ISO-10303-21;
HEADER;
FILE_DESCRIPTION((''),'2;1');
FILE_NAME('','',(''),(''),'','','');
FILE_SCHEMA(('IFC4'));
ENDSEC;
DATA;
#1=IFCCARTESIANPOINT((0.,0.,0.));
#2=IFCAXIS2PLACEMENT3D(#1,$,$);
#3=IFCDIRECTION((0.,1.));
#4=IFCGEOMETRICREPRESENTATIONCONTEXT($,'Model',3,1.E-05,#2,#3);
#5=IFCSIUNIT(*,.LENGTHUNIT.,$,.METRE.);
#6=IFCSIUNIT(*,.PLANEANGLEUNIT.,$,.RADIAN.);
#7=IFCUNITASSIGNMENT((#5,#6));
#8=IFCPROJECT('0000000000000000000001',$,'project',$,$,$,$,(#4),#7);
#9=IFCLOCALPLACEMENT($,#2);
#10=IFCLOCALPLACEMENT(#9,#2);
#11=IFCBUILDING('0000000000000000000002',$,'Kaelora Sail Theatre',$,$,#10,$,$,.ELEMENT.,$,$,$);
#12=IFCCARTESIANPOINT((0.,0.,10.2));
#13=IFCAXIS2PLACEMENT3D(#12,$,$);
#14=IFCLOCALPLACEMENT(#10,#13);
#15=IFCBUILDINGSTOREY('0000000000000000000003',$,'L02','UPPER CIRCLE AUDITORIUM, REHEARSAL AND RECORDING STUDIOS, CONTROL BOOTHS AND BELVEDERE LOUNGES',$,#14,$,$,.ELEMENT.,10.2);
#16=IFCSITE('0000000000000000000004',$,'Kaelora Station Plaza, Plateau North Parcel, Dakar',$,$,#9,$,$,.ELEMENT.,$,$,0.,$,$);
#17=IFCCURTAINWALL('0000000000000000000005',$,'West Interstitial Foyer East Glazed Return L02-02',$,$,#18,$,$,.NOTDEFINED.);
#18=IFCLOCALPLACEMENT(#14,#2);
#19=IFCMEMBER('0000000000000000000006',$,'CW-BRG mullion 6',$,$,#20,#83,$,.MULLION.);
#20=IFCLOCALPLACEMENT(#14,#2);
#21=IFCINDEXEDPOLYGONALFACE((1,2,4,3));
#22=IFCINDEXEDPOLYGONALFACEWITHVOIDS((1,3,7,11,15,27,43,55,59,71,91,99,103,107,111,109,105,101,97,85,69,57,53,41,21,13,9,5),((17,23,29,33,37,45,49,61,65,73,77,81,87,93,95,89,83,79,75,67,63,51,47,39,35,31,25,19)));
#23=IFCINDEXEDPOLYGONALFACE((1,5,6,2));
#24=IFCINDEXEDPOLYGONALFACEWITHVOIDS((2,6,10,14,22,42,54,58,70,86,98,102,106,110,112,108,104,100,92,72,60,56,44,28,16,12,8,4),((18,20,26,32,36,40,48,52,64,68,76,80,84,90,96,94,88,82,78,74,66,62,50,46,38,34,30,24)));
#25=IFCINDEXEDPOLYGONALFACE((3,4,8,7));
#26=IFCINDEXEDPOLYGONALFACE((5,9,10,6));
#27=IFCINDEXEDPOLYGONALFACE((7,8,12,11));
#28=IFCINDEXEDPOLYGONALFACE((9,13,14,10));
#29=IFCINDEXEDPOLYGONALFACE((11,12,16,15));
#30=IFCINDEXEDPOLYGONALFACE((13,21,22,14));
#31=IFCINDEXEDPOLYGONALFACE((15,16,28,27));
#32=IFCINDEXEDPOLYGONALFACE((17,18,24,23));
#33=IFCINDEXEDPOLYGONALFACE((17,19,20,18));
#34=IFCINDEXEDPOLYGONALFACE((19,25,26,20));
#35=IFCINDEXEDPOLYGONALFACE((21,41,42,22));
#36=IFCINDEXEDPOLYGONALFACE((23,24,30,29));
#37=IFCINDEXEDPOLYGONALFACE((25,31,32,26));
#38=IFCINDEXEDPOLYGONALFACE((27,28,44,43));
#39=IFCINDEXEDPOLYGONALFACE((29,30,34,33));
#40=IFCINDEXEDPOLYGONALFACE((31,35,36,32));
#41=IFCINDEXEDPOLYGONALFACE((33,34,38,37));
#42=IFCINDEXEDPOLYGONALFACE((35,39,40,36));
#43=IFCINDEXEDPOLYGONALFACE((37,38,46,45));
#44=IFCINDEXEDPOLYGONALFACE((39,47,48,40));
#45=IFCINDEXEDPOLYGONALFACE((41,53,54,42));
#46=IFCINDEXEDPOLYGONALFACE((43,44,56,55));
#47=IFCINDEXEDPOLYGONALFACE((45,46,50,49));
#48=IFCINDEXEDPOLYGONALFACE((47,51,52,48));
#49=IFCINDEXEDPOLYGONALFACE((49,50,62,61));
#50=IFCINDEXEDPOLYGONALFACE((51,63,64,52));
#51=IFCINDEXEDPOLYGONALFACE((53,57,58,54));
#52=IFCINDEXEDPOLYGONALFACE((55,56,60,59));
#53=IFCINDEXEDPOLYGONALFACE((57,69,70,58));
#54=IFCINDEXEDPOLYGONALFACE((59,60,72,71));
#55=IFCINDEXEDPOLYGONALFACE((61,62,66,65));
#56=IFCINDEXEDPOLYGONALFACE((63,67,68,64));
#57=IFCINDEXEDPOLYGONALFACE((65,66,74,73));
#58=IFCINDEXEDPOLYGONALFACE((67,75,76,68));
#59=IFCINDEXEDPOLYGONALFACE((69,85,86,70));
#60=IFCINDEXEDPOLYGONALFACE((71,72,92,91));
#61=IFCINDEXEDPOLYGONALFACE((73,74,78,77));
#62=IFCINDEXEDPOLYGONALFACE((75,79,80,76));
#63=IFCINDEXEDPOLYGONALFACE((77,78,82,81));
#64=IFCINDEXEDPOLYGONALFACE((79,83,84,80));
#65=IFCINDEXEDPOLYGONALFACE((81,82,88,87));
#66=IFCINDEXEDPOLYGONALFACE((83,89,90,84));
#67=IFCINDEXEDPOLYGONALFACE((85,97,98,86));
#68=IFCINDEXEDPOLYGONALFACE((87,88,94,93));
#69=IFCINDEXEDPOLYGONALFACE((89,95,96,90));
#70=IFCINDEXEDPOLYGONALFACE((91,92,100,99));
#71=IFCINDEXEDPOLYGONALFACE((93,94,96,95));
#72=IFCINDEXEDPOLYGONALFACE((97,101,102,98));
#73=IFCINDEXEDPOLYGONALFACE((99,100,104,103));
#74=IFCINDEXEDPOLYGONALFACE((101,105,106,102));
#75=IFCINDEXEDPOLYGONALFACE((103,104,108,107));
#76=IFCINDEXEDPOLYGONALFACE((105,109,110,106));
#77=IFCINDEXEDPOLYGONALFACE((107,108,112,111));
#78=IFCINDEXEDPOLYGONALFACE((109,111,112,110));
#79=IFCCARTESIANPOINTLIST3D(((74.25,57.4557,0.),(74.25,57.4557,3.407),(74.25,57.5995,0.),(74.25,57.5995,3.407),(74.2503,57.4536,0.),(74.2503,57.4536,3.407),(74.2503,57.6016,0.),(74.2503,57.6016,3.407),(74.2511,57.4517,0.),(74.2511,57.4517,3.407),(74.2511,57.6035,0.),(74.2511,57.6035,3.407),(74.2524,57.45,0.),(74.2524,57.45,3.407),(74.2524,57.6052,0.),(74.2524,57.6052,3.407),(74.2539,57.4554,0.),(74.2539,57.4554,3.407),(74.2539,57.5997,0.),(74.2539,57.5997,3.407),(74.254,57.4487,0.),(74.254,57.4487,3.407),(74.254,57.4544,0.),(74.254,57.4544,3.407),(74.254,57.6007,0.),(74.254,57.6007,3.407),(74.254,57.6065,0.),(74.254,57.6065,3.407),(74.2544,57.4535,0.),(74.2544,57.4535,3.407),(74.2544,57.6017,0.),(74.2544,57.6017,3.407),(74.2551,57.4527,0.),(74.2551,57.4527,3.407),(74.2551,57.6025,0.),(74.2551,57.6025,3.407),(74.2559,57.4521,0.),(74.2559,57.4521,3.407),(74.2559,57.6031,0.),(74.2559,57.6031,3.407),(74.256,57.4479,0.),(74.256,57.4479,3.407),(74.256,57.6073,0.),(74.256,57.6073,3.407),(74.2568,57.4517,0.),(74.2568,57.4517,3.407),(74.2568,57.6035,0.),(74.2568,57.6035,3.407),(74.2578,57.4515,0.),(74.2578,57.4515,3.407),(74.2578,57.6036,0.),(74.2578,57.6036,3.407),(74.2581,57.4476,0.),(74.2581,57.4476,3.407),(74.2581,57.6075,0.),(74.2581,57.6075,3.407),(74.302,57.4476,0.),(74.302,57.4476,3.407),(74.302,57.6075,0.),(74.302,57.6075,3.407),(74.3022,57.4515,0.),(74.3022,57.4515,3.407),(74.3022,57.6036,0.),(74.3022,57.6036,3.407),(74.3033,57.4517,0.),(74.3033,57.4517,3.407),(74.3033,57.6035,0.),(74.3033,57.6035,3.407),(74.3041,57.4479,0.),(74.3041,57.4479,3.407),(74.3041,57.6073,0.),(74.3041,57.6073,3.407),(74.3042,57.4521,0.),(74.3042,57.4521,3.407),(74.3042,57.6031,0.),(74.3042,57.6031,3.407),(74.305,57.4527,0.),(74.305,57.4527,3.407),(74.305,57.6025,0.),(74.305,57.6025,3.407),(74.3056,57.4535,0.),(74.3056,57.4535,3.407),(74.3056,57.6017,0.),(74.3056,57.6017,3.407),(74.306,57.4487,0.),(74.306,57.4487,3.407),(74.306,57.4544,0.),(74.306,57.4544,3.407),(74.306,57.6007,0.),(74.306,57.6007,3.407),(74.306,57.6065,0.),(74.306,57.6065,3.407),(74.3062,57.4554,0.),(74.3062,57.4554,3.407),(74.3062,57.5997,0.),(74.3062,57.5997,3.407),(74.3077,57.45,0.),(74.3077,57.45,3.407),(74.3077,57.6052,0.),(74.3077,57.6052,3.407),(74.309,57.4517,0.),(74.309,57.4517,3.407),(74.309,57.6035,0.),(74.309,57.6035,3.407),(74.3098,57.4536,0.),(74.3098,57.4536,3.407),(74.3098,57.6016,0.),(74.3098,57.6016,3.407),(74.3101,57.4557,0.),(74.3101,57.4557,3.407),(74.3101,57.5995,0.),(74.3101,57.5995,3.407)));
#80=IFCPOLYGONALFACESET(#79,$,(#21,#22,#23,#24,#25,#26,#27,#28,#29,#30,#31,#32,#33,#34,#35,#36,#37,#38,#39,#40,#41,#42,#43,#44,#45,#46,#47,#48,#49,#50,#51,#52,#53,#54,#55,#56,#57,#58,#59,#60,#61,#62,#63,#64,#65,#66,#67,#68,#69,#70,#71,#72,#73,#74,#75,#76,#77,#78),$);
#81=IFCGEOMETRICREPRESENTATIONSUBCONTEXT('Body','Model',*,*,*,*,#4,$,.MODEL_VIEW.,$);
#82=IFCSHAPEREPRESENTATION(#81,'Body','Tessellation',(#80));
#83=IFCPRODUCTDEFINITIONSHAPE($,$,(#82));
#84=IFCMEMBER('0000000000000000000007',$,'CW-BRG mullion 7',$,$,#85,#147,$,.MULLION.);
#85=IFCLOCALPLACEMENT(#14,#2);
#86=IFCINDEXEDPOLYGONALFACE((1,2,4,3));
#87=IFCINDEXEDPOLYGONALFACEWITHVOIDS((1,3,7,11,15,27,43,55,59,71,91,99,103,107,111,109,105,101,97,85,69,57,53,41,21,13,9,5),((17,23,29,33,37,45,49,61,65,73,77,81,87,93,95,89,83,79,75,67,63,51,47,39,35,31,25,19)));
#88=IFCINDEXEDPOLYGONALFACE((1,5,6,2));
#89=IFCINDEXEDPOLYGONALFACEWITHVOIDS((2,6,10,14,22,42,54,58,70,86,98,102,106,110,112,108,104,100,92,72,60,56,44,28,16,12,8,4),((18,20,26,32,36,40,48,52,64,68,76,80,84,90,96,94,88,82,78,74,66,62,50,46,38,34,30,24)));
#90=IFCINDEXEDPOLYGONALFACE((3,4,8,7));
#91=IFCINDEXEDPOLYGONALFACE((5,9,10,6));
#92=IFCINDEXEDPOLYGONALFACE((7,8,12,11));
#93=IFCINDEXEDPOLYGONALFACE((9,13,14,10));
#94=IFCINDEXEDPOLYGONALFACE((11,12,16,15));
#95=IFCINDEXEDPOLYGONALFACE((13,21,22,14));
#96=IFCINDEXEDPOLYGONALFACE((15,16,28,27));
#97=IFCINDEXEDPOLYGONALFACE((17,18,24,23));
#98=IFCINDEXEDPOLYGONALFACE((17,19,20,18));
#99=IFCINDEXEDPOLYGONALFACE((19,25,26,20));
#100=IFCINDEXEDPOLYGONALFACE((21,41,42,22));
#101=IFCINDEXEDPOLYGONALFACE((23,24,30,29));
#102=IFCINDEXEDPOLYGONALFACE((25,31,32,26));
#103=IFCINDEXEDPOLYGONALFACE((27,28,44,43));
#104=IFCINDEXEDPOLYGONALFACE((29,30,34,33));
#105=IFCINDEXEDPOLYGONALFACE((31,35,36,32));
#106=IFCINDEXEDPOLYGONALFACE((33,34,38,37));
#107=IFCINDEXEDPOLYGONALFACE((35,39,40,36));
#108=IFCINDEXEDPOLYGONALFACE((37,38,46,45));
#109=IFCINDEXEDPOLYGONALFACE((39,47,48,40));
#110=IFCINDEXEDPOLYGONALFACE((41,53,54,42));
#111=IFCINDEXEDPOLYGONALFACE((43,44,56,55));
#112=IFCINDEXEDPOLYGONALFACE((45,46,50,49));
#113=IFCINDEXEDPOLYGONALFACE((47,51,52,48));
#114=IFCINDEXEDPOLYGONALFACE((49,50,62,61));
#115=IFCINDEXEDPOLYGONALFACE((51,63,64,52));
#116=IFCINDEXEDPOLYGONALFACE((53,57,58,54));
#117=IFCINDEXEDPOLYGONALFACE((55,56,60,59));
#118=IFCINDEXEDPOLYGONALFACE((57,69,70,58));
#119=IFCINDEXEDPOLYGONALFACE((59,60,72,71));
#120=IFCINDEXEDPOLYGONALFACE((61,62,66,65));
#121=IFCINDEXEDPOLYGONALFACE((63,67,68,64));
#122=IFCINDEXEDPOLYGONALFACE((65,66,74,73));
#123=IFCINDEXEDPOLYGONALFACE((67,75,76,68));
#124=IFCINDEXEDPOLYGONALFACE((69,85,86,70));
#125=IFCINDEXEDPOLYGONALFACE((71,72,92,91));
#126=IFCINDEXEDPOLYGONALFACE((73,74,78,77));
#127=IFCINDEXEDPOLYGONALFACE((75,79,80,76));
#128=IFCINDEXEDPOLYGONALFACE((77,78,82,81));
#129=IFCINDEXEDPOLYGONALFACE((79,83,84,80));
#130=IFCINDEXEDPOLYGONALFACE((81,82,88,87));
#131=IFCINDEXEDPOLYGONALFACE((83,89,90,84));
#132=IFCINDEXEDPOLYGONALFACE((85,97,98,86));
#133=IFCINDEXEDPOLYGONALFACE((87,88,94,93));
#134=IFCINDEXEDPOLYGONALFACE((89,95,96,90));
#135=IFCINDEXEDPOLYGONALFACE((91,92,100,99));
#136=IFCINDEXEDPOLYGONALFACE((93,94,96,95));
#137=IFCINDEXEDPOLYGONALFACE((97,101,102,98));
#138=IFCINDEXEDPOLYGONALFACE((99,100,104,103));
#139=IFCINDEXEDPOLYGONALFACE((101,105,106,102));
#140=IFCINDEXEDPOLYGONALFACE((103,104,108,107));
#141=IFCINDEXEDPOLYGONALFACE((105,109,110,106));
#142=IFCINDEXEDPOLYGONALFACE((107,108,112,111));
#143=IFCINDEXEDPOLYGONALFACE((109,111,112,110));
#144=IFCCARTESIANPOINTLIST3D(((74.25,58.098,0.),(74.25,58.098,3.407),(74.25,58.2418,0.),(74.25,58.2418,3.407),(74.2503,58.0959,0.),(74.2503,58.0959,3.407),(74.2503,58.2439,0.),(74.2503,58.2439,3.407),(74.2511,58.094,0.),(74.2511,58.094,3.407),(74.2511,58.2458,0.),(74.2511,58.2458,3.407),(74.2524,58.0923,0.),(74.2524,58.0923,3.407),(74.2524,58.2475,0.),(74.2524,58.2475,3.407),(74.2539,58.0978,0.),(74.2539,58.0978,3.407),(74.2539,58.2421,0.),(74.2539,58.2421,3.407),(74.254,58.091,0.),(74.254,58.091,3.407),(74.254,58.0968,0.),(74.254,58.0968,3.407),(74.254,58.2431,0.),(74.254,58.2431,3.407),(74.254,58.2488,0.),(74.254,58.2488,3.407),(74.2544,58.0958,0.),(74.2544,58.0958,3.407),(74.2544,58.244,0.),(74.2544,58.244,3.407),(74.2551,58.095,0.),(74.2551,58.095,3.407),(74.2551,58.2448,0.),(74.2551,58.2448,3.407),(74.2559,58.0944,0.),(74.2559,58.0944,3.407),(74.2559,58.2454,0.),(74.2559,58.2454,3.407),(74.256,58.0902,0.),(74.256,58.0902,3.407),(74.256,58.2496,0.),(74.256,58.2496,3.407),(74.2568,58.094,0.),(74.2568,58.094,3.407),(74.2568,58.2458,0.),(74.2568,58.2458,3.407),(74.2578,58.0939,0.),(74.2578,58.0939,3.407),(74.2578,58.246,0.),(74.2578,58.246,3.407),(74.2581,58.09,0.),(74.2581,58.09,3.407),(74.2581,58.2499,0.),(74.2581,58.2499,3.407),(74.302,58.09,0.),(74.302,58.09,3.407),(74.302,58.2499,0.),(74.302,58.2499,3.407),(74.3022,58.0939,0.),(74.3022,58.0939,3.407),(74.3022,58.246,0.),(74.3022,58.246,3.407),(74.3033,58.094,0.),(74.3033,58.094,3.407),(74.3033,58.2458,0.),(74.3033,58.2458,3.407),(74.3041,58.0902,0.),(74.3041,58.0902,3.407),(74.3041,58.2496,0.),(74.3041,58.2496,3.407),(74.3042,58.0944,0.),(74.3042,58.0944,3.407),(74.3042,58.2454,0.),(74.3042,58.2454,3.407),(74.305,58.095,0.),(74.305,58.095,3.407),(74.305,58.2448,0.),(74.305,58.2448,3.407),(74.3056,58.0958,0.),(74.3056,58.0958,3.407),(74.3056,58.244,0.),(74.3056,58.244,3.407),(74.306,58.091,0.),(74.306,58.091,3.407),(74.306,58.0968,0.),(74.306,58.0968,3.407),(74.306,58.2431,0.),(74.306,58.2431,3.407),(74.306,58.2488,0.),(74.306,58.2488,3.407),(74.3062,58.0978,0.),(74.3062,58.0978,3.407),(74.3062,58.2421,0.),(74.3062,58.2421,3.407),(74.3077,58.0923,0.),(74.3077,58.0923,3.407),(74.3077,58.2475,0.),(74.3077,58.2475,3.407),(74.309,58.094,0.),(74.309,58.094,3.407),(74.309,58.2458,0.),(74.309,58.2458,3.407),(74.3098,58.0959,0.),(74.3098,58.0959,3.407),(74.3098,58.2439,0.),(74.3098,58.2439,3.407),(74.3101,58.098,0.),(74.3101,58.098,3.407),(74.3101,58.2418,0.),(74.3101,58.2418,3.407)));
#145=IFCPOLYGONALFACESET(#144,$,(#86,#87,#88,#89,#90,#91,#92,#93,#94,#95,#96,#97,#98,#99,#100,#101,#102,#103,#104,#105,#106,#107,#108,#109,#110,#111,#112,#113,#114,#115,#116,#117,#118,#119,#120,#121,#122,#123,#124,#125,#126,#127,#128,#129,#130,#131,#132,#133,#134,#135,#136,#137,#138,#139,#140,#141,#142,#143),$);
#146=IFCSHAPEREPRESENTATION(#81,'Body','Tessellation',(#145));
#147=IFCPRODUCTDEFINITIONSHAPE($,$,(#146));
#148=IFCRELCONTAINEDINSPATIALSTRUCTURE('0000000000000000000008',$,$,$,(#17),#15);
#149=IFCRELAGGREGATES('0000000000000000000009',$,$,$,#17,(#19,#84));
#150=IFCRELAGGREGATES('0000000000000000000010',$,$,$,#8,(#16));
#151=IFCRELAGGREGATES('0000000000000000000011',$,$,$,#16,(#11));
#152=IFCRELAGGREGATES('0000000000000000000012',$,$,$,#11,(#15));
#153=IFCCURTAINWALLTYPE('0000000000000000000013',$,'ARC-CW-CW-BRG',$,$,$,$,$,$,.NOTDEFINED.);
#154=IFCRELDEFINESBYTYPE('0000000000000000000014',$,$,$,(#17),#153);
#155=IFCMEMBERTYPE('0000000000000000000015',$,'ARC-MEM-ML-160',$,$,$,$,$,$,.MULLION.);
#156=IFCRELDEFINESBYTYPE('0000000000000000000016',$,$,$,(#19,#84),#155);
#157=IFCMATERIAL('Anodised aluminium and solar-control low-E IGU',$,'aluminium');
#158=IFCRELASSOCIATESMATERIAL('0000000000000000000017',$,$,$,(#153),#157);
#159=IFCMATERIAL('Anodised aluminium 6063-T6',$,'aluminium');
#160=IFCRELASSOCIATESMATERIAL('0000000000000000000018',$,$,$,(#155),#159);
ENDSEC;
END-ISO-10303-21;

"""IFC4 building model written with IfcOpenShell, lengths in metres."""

from ifc_helpers import new_model, si_unit, direction, frame, origin, origin_2d, place, context, subcontext, project, spatial, hollow_rectangle, extrude, material, material_profile, profile_set, type_object, element, aggregate, save


model = new_model("IFC4")

# Units and contexts
model_context = context("Model", 3, precision=1e-05, world=origin(), true_north=direction((0.0, 1.0)))
body_context = subcontext(model_context, "Body", "Model", "MODEL_VIEW")
ifc_project = project(units=[si_unit("LENGTHUNIT", "METRE"), si_unit("PLANEANGLEUNIT", "RADIAN")], contexts=[model_context])

# Site, building, storey
site_placement = place(None, origin())
site = spatial("IfcSite", under=ifc_project, at=site_placement, Name="Kaelora Station Plaza, Plateau North Parcel, Dakar", CompositionType="ELEMENT", RefElevation=0.0)
building_placement = place(site_placement, origin())
building = spatial("IfcBuilding", under=site, at=building_placement, Name="Kaelora Sail Theatre", CompositionType="ELEMENT")
storey_placement = place(building_placement, frame((0.0, 0.0, 10.2)))
storey = spatial("IfcBuildingStorey", under=building, at=storey_placement, Name="L02", Description="UPPER CIRCLE AUDITORIUM, REHEARSAL AND RECORDING STUDIOS, CONTROL BOOTHS AND BELVEDERE LOUNGES", CompositionType="ELEMENT", Elevation=10.2)

# Curtain wall, members
ifc_material_1 = material(Name="Anodised aluminium and solar-control low-E IGU", Category="aluminium")
curtain_wall_type = type_object("IfcCurtainWallType", Name="ARC-CW-CW-BRG", PredefinedType="NOTDEFINED", material=ifc_material_1)
curtain_wall_1_placement = place(storey_placement, origin())
curtain_wall_1 = element("IfcCurtainWall", 1, at=curtain_wall_1_placement, inside=storey, type_object=curtain_wall_type, Name="West Interstitial Foyer East Glazed Return L02-02", PredefinedType="NOTDEFINED")
ifc_material_2 = material(Name="Anodised aluminium 6063-T6", Category="aluminium")
ifc_material_profile_1 = material_profile(ifc_material_2, hollow_rectangle(XDim=0.0601, YDim=0.1599, WallThickness=0.0039, InnerFilletRadius=0.0039, OuterFilletRadius=0.0081, at=origin_2d()), Name="ALU-MULL 60x160x4")
ifc_profile_set_1 = profile_set([ifc_material_profile_1], Name="Anodised aluminium 6063-T6")
member_type_1 = type_object("IfcMemberType", Name="ARC-MEM-ML-160", PredefinedType="MULLION", material=ifc_profile_set_1)
member_1_placement = place(storey_placement, frame((74.28, 57.5276, 0.0), z_axis=(0.0, 0.0, 1.0), x_axis=(-1.0, 0.0, 0.0)))
member_1 = element("IfcMember", 2, at=member_1_placement, type_object=member_type_1, Name="CW-BRG mullion 6", PredefinedType="MULLION", context=body_context, shape_type="SweptSolid", body=[
    extrude(hollow_rectangle(XDim=0.0601, YDim=0.1599, WallThickness=0.0039, InnerFilletRadius=0.0039, OuterFilletRadius=0.0081, at=origin_2d()), origin(), (0.0, 0.0, 1.0), 3.407),
])
member_2_placement = place(storey_placement, frame((74.28, 58.1699, 0.0), z_axis=(0.0, 0.0, 1.0), x_axis=(-1.0, 0.0, 0.0)))
member_2 = element("IfcMember", 3, at=member_2_placement, type_object=member_type_1, Name="CW-BRG mullion 7", PredefinedType="MULLION", context=body_context, shape_type="SweptSolid", body=[
    extrude(hollow_rectangle(XDim=0.0601, YDim=0.1599, WallThickness=0.0039, InnerFilletRadius=0.0039, OuterFilletRadius=0.0081, at=origin_2d()), origin(), (0.0, 0.0, 1.0), 3.407),
])

aggregate(curtain_wall_1, [member_1, member_2])

save(model, "model.ifc")
